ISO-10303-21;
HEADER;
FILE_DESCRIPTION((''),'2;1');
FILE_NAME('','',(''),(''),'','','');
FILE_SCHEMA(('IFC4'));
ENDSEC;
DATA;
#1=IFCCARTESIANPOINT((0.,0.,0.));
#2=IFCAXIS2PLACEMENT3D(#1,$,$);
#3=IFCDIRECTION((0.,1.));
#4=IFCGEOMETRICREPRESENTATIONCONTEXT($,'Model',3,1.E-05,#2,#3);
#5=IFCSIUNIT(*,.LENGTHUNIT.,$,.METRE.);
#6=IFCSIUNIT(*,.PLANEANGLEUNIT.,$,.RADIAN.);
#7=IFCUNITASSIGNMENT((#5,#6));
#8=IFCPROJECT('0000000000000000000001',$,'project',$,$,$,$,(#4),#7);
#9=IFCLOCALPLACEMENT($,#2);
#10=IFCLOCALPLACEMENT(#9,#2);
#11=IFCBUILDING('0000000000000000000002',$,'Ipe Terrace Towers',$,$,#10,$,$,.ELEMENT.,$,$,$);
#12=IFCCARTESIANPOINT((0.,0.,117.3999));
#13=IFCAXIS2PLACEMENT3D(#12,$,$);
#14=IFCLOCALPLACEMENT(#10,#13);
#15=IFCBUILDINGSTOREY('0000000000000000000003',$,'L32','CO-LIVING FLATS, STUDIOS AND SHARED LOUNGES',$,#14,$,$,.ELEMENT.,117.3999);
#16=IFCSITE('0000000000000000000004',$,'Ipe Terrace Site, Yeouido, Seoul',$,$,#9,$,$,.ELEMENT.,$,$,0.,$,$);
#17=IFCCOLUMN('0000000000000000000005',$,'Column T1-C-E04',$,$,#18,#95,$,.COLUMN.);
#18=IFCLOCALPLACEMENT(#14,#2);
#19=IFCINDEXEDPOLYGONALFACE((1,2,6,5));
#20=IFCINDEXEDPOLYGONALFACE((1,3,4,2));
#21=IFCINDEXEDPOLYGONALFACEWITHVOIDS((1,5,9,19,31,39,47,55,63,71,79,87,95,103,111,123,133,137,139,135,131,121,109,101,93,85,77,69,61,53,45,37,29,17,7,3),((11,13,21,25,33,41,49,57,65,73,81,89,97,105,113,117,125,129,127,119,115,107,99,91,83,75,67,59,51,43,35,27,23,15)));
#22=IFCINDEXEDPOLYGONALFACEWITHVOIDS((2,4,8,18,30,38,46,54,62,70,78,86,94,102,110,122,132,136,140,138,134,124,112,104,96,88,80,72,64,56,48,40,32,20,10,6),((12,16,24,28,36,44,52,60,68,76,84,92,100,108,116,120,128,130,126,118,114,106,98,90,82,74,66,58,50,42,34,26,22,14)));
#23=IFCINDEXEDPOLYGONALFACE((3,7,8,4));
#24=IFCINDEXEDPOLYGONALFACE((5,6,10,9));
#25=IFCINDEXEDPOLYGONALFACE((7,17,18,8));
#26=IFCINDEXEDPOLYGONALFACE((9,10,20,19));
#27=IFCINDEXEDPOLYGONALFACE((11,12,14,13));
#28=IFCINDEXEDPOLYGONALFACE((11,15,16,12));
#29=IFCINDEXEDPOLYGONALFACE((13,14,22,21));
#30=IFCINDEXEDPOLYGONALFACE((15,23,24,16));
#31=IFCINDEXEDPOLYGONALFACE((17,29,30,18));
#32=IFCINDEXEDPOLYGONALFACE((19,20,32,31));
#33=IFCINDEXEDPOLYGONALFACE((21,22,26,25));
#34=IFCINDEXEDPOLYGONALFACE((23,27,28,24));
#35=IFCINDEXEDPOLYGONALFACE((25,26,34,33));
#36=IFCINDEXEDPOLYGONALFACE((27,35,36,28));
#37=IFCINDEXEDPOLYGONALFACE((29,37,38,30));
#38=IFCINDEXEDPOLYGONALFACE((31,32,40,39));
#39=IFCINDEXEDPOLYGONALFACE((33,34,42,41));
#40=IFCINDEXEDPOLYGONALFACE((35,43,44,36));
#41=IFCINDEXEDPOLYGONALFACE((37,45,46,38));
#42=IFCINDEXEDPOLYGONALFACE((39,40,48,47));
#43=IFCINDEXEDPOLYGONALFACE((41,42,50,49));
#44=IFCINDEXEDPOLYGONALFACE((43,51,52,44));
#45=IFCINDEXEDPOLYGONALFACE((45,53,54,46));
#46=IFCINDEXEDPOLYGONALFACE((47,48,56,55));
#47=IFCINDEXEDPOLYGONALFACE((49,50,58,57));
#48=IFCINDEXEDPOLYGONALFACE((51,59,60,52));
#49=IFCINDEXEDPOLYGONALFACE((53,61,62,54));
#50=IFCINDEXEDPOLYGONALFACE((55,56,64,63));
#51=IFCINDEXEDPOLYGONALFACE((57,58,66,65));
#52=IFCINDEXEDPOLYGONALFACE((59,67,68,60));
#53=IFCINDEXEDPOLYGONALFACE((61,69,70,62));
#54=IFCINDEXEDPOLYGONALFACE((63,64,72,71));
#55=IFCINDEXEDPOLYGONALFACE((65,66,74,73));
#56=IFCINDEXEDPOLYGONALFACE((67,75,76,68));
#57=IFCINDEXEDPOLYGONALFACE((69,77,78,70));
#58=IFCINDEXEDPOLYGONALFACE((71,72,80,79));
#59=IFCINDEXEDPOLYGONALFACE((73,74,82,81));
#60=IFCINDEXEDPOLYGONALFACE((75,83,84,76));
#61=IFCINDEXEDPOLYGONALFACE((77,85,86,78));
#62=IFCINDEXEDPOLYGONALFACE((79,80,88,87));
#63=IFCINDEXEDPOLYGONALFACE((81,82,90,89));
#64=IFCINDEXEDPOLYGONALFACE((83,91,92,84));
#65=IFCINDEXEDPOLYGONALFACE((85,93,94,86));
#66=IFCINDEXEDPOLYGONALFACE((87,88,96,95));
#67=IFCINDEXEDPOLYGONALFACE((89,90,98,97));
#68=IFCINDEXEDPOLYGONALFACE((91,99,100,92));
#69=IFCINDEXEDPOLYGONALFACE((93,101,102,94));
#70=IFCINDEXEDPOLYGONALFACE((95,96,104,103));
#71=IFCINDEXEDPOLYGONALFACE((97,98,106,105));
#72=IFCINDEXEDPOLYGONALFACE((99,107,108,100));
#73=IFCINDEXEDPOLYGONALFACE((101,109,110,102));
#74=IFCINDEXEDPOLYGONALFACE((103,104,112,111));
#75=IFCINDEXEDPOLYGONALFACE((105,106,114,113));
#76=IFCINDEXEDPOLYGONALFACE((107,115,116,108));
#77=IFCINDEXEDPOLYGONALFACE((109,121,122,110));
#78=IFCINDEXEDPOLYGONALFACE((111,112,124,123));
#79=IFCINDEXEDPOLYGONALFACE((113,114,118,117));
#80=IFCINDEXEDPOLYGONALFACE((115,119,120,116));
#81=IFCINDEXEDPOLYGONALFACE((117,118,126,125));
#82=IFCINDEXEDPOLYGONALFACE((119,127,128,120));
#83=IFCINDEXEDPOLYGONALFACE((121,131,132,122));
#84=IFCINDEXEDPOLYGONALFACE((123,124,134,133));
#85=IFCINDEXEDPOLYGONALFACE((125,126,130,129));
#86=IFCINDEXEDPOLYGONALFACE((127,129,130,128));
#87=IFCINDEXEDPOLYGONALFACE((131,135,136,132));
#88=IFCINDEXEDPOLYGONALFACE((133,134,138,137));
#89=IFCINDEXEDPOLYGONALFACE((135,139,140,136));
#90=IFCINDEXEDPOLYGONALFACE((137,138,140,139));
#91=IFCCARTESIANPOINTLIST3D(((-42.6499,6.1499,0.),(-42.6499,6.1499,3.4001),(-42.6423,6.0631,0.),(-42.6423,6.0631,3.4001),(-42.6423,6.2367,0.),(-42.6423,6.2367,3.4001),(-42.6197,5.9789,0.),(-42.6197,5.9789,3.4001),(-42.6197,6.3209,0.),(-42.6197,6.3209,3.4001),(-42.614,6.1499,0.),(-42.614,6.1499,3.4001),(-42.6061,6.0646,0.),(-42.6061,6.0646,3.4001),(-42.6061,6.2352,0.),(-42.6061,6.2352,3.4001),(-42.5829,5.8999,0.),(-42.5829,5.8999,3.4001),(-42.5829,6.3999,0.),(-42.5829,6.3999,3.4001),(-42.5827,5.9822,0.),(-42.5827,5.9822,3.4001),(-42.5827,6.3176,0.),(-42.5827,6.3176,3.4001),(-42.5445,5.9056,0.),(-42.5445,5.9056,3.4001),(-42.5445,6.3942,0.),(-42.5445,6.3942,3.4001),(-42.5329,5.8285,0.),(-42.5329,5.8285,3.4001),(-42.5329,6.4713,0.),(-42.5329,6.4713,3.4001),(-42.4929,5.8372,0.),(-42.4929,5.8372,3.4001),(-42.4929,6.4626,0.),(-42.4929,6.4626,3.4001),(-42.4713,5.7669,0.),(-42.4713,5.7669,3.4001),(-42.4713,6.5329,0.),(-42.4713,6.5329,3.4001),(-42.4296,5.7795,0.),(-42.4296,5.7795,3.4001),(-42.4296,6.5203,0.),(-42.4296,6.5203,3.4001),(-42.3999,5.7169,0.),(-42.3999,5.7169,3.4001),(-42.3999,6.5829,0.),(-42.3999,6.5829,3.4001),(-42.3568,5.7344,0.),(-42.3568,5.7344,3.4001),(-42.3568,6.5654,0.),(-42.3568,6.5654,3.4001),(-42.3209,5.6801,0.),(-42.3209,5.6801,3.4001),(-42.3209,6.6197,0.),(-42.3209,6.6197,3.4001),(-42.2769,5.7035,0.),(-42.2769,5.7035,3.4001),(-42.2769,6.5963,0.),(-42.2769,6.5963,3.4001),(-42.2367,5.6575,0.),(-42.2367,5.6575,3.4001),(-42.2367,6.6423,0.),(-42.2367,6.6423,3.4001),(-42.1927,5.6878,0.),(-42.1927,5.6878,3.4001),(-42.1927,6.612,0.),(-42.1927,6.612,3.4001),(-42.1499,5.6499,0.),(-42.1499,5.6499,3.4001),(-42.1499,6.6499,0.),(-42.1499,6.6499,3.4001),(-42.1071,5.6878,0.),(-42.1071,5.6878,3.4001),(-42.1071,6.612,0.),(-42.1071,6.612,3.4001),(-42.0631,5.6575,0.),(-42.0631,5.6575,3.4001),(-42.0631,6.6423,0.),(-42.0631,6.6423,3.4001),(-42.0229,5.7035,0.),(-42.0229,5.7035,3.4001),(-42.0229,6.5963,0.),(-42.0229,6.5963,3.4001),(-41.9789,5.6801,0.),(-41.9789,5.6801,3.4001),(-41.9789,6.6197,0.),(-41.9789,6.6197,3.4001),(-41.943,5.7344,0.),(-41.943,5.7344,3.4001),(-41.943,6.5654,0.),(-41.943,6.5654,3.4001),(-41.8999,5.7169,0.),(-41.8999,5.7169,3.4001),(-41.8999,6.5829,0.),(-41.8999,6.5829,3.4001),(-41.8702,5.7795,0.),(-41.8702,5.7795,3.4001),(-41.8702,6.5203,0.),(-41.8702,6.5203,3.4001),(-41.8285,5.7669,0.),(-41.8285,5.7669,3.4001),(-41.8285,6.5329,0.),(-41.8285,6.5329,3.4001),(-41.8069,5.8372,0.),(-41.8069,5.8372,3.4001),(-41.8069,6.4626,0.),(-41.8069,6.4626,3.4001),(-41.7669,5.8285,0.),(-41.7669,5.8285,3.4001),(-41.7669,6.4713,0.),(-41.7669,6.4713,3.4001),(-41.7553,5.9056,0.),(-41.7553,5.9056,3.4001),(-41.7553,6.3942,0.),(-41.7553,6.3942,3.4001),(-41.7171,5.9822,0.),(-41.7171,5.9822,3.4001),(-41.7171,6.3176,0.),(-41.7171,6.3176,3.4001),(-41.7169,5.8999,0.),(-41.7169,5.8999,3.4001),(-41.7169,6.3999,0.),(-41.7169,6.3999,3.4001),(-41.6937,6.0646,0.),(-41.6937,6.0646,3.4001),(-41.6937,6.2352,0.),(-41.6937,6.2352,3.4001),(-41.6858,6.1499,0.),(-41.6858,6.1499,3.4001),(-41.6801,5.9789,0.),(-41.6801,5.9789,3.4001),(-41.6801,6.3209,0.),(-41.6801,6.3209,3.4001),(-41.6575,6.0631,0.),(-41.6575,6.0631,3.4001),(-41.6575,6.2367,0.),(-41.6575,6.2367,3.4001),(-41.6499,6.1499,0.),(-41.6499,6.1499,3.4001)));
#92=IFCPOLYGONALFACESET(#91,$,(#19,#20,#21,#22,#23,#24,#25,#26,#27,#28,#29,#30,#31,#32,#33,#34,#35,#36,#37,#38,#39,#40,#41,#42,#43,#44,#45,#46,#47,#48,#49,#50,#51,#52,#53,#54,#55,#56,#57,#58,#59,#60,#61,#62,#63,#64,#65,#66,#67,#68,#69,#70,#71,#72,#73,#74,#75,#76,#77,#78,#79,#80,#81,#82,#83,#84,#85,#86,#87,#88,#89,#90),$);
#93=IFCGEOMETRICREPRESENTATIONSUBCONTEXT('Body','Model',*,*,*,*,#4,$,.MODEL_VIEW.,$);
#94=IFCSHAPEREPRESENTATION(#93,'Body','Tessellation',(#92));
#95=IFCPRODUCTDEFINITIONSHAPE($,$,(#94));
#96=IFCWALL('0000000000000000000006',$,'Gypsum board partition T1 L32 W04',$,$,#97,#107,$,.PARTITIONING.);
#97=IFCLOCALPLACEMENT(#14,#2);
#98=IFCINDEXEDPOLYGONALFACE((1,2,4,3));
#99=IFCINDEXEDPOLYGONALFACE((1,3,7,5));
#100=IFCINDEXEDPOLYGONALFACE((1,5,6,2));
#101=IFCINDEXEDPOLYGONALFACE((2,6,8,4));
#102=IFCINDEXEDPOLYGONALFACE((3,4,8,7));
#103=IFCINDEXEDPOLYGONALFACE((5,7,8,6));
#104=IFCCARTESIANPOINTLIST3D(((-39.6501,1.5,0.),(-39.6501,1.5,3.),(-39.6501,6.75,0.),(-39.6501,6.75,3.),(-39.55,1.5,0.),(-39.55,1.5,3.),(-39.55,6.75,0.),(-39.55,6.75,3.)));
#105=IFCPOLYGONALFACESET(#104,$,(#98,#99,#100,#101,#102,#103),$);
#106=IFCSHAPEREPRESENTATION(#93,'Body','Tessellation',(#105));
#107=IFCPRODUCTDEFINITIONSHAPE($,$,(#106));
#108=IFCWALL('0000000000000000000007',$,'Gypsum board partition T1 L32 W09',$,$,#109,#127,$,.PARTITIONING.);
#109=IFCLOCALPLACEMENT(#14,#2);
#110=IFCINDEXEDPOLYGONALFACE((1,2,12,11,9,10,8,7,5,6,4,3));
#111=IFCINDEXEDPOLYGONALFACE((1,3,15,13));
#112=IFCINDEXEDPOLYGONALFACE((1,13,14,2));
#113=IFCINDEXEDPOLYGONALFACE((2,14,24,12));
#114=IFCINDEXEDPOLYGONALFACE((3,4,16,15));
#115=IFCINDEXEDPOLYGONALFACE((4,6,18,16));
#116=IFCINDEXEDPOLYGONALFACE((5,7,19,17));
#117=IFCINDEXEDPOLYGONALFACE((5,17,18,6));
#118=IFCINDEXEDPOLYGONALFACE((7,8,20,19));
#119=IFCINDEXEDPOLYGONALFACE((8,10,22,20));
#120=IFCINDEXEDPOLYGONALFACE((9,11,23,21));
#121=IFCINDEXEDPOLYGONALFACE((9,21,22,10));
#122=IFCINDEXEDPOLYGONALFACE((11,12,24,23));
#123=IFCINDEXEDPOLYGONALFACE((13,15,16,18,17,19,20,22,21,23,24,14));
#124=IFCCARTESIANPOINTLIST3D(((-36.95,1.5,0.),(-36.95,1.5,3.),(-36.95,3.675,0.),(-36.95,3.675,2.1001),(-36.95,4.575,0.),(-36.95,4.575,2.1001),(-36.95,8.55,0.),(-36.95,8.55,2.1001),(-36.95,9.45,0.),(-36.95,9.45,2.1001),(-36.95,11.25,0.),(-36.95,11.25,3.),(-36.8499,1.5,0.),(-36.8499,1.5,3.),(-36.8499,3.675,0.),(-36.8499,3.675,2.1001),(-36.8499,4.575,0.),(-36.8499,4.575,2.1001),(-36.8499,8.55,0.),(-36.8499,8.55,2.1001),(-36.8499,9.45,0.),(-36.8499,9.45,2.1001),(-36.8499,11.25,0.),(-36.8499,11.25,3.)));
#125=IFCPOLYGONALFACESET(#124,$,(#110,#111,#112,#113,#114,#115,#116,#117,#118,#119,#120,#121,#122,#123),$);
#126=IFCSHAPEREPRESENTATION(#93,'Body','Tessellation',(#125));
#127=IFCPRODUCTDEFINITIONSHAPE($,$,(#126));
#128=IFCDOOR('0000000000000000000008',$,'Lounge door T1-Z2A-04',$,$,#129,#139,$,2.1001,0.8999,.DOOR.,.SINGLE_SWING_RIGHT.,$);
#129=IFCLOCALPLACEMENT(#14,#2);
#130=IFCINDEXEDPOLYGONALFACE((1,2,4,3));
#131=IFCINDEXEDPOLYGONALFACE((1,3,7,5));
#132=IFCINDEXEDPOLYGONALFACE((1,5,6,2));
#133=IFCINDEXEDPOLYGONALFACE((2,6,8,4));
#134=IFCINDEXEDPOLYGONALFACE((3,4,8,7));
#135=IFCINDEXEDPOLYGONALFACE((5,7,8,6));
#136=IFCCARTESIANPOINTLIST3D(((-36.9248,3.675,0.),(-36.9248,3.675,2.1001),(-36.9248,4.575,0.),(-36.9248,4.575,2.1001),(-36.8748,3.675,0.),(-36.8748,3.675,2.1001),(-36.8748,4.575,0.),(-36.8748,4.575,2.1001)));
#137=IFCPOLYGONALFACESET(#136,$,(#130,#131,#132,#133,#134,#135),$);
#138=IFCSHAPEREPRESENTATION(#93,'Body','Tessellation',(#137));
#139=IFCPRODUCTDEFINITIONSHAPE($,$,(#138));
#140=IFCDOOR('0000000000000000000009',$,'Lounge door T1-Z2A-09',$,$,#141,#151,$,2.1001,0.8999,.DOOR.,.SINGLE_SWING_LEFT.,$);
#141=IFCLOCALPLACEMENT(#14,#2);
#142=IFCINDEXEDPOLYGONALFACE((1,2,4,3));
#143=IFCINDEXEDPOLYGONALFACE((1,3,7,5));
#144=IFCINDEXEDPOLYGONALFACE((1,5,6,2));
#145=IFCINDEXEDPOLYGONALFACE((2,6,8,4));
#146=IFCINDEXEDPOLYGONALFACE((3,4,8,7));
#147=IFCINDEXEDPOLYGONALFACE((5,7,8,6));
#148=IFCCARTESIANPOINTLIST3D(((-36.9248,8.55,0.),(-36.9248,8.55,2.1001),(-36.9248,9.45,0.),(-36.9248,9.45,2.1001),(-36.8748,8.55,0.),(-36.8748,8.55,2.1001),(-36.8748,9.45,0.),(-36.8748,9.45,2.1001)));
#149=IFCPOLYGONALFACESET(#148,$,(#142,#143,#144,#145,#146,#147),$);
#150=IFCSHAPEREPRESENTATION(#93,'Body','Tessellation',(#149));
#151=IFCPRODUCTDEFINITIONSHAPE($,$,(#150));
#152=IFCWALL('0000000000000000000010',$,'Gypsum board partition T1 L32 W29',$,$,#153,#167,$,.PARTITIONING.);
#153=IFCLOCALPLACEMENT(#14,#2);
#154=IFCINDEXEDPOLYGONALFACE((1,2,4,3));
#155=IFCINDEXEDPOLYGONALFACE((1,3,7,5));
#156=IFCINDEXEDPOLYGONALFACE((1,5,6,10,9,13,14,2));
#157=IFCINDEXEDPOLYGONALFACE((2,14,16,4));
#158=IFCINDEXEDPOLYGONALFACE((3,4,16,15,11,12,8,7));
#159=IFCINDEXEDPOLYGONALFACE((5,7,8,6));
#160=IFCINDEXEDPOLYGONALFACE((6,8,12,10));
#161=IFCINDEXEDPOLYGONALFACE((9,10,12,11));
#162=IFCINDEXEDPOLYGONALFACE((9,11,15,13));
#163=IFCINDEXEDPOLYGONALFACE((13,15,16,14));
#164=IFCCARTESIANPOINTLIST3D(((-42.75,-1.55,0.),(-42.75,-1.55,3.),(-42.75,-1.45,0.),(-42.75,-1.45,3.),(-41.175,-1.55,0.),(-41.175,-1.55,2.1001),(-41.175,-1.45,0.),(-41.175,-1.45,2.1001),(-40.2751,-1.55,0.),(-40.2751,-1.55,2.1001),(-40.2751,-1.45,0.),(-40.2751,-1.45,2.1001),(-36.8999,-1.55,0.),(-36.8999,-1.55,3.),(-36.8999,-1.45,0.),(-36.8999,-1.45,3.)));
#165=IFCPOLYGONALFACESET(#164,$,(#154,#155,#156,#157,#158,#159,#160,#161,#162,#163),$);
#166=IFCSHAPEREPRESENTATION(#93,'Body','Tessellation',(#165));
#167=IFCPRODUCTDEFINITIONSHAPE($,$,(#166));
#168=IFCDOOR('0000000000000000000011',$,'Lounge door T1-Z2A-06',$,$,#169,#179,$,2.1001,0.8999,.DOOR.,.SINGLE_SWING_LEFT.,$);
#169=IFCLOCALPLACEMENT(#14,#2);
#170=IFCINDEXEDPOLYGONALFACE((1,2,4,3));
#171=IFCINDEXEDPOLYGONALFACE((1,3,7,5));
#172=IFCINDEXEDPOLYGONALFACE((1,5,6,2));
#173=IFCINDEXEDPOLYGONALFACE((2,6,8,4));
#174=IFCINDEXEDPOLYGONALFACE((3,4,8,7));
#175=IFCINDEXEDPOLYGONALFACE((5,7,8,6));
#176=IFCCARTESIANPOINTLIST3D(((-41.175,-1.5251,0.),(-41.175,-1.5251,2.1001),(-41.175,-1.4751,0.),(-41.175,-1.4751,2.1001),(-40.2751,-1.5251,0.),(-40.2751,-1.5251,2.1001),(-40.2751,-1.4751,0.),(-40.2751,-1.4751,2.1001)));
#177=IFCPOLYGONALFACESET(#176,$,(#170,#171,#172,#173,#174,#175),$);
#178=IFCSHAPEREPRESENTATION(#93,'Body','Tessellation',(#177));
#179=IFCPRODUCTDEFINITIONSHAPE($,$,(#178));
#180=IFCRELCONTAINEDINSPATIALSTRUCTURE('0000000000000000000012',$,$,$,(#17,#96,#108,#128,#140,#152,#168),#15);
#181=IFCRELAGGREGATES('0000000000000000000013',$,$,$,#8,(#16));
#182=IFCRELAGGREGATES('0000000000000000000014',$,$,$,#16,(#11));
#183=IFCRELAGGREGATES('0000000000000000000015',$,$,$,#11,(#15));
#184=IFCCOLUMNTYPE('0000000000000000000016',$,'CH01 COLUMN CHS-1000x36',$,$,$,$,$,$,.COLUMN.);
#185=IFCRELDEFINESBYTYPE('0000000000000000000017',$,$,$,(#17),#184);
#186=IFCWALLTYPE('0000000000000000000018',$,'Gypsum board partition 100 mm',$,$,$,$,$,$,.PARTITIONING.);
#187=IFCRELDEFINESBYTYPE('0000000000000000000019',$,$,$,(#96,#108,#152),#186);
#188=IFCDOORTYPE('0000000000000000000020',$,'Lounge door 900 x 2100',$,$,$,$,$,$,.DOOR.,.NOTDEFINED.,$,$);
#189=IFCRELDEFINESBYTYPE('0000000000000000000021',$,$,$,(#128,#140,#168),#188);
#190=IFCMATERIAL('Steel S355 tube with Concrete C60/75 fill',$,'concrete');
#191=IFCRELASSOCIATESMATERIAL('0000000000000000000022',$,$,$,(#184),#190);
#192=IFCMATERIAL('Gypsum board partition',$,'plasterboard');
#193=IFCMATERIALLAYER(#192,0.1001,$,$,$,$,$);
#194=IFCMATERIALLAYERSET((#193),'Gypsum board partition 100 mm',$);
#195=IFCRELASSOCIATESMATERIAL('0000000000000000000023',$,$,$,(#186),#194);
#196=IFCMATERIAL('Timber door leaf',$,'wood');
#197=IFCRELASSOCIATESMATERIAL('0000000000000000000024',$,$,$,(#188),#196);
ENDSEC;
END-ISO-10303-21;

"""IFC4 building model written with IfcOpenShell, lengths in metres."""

from ifc_helpers import new_model, si_unit, direction, frame, frame_2d, origin, origin_2d, place, context, subcontext, project, spatial, rectangle, hollow_circle, extrude, material, layer, layer_set, material_profile, profile_set, type_object, element, fill, save


model = new_model("IFC4")

# Units and contexts
model_context = context("Model", 3, precision=1e-05, world=origin(), true_north=direction((0.0, 1.0)))
body_context = subcontext(model_context, "Body", "Model", "MODEL_VIEW")
ifc_project = project(units=[si_unit("LENGTHUNIT", "METRE"), si_unit("PLANEANGLEUNIT", "RADIAN")], contexts=[model_context])

# Site, building, storey
site_placement = place(None, origin())
site = spatial("IfcSite", under=ifc_project, at=site_placement, Name="Ipe Terrace Site, Yeouido, Seoul", CompositionType="ELEMENT", RefElevation=0.0)
building_placement = place(site_placement, origin())
building = spatial("IfcBuilding", under=site, at=building_placement, Name="Ipe Terrace Towers", CompositionType="ELEMENT")
storey_placement = place(building_placement, frame((0.0, 0.0, 117.3999)))
storey = spatial("IfcBuildingStorey", under=building, at=storey_placement, Name="L32", Description="CO-LIVING FLATS, STUDIOS AND SHARED LOUNGES", CompositionType="ELEMENT", Elevation=117.3999)

# Column
ifc_material_1 = material(Name="Steel S355 tube with Concrete C60/75 fill", Category="concrete")
ifc_material_profile = material_profile(ifc_material_1, hollow_circle(Radius=0.5, WallThickness=0.0359, at=origin_2d()), Name="CHS-1000x36")
ifc_profile_set = profile_set([ifc_material_profile], Name="Steel S355 tube with Concrete C60/75 fill")
column_type = type_object("IfcColumnType", Name="CH01 COLUMN CHS-1000x36", PredefinedType="COLUMN", material=ifc_profile_set)
column_placement = place(storey_placement, frame((-42.1499, 6.1499, 0.0), z_axis=(0.0, 0.0, 1.0), x_axis=(1.0, 0.0, 0.0)))
element("IfcColumn", 1, at=column_placement, inside=storey, type_object=column_type, Name="Column T1-C-E04", PredefinedType="COLUMN", context=body_context, shape_type="SweptSolid", body=[
    extrude(hollow_circle(Radius=0.5, WallThickness=0.0359, at=origin_2d()), origin(), (0.0, 0.0, 1.0), 3.4001),
])

# Wall
ifc_material_2 = material(Name="Gypsum board partition", Category="plasterboard")
ifc_layer_1 = layer(ifc_material_2, 0.1001)
ifc_layer_set_1 = layer_set([ifc_layer_1], Name="Gypsum board partition 100 mm")
wall_type_1 = type_object("IfcWallType", Name="Gypsum board partition 100 mm", PredefinedType="PARTITIONING", material=ifc_layer_set_1)
wall_1_placement = place(storey_placement, frame((-39.6001, 1.5, 0.0), z_axis=(0.0, 0.0, 1.0), x_axis=(0.0, 1.0, 0.0)))
element("IfcWall", 2, at=wall_1_placement, inside=storey, type_object=wall_type_1, Name="Gypsum board partition T1 L32 W04", PredefinedType="PARTITIONING", context=body_context, shape_type="SweptSolid", body=[
    extrude(rectangle(XDim=5.25, YDim=0.1001, at=frame_2d((2.625, 0.0))), origin(), (0.0, 0.0, 1.0), 3.0),
])

# Wall, openings, doors
wall_2_placement = place(storey_placement, frame((-36.8999, 1.5, 0.0), z_axis=(0.0, 0.0, 1.0), x_axis=(0.0, 1.0, 0.0)))
wall_2 = element("IfcWall", 3, at=wall_2_placement, inside=storey, type_object=wall_type_1, Name="Gypsum board partition T1 L32 W09", PredefinedType="PARTITIONING", context=body_context, shape_type="SweptSolid", body=[
    extrude(rectangle(XDim=9.75, YDim=0.1001, at=frame_2d((4.875, 0.0))), origin(), (0.0, 0.0, 1.0), 3.0),
])
opening_1_placement = place(wall_2_placement, frame((2.175, 0.0, 0.0)))
opening_1 = element("IfcOpeningElement", 4, at=opening_1_placement, cuts=wall_2, PredefinedType="OPENING", context=body_context, shape_type="SweptSolid", body=[
    extrude(rectangle(XDim=0.8999, YDim=2.1001, at=frame_2d((0.45, 1.05))), frame((0.0, 0.0601, 0.0), z_axis=(0.0, -1.0, 0.0), x_axis=(1.0, 0.0, 0.0)), (0.0, 0.0, 1.0), 0.1201),
])
opening_2_placement = place(wall_2_placement, frame((7.05, 0.0, 0.0)))
opening_2 = element("IfcOpeningElement", 5, at=opening_2_placement, cuts=wall_2, PredefinedType="OPENING", context=body_context, shape_type="SweptSolid", body=[
    extrude(rectangle(XDim=0.8999, YDim=2.1001, at=frame_2d((0.45, 1.05))), frame((0.0, 0.0601, 0.0), z_axis=(0.0, -1.0, 0.0), x_axis=(1.0, 0.0, 0.0)), (0.0, 0.0, 1.0), 0.1201),
])
ifc_material_3 = material(Name="Timber door leaf", Category="wood")
door_type_1 = type_object("IfcDoorType", Name="Lounge door 900 x 2100", OperationType="NOTDEFINED", PredefinedType="DOOR", material=ifc_material_3)
door_1_placement = place(opening_1_placement, origin())
door_1 = element("IfcDoor", 6, at=door_1_placement, inside=storey, type_object=door_type_1, Name="Lounge door T1-Z2A-04", OperationType="SINGLE_SWING_RIGHT", OverallHeight=2.1001, OverallWidth=0.8999, PredefinedType="DOOR", context=body_context, shape_type="SweptSolid", body=[
    extrude(rectangle(XDim=0.8999, YDim=2.1001, at=frame_2d((0.45, 1.05))), frame((0.0, 0.0249, 0.0), z_axis=(0.0, -1.0, 0.0), x_axis=(1.0, 0.0, 0.0)), (0.0, 0.0, 1.0), 0.05),
])
fill(opening_1, door_1)
door_2_placement = place(opening_2_placement, origin())
door_2 = element("IfcDoor", 7, at=door_2_placement, inside=storey, type_object=door_type_1, Name="Lounge door T1-Z2A-09", OperationType="SINGLE_SWING_LEFT", OverallHeight=2.1001, OverallWidth=0.8999, PredefinedType="DOOR", context=body_context, shape_type="SweptSolid", body=[
    extrude(rectangle(XDim=0.8999, YDim=2.1001, at=frame_2d((0.45, 1.05))), frame((0.0, 0.0249, 0.0), z_axis=(0.0, -1.0, 0.0), x_axis=(1.0, 0.0, 0.0)), (0.0, 0.0, 1.0), 0.05),
])
fill(opening_2, door_2)

# Wall, opening, door
wall_3_placement = place(storey_placement, frame((-42.75, -1.5, 0.0), z_axis=(0.0, 0.0, 1.0), x_axis=(1.0, 0.0, 0.0)))
wall_3 = element("IfcWall", 8, at=wall_3_placement, inside=storey, type_object=wall_type_1, Name="Gypsum board partition T1 L32 W29", PredefinedType="PARTITIONING", context=body_context, shape_type="SweptSolid", body=[
    extrude(rectangle(XDim=5.8501, YDim=0.1001, at=frame_2d((2.925, 0.0))), origin(), (0.0, 0.0, 1.0), 3.0),
])
opening_3_placement = place(wall_3_placement, frame((1.575, 0.0, 0.0)))
opening_3 = element("IfcOpeningElement", 9, at=opening_3_placement, cuts=wall_3, PredefinedType="OPENING", context=body_context, shape_type="SweptSolid", body=[
    extrude(rectangle(XDim=0.8999, YDim=2.1001, at=frame_2d((0.45, 1.05))), frame((0.0, 0.0601, 0.0), z_axis=(0.0, -1.0, 0.0), x_axis=(1.0, 0.0, 0.0)), (0.0, 0.0, 1.0), 0.1201),
])
door_3_placement = place(opening_3_placement, origin())
door_3 = element("IfcDoor", 10, at=door_3_placement, inside=storey, type_object=door_type_1, Name="Lounge door T1-Z2A-06", OperationType="SINGLE_SWING_LEFT", OverallHeight=2.1001, OverallWidth=0.8999, PredefinedType="DOOR", context=body_context, shape_type="SweptSolid", body=[
    extrude(rectangle(XDim=0.8999, YDim=2.1001, at=frame_2d((0.45, 1.05))), frame((0.0, 0.0249, 0.0), z_axis=(0.0, -1.0, 0.0), x_axis=(1.0, 0.0, 0.0)), (0.0, 0.0, 1.0), 0.05),
])
fill(opening_3, door_3)

save(model, "model.ifc")
